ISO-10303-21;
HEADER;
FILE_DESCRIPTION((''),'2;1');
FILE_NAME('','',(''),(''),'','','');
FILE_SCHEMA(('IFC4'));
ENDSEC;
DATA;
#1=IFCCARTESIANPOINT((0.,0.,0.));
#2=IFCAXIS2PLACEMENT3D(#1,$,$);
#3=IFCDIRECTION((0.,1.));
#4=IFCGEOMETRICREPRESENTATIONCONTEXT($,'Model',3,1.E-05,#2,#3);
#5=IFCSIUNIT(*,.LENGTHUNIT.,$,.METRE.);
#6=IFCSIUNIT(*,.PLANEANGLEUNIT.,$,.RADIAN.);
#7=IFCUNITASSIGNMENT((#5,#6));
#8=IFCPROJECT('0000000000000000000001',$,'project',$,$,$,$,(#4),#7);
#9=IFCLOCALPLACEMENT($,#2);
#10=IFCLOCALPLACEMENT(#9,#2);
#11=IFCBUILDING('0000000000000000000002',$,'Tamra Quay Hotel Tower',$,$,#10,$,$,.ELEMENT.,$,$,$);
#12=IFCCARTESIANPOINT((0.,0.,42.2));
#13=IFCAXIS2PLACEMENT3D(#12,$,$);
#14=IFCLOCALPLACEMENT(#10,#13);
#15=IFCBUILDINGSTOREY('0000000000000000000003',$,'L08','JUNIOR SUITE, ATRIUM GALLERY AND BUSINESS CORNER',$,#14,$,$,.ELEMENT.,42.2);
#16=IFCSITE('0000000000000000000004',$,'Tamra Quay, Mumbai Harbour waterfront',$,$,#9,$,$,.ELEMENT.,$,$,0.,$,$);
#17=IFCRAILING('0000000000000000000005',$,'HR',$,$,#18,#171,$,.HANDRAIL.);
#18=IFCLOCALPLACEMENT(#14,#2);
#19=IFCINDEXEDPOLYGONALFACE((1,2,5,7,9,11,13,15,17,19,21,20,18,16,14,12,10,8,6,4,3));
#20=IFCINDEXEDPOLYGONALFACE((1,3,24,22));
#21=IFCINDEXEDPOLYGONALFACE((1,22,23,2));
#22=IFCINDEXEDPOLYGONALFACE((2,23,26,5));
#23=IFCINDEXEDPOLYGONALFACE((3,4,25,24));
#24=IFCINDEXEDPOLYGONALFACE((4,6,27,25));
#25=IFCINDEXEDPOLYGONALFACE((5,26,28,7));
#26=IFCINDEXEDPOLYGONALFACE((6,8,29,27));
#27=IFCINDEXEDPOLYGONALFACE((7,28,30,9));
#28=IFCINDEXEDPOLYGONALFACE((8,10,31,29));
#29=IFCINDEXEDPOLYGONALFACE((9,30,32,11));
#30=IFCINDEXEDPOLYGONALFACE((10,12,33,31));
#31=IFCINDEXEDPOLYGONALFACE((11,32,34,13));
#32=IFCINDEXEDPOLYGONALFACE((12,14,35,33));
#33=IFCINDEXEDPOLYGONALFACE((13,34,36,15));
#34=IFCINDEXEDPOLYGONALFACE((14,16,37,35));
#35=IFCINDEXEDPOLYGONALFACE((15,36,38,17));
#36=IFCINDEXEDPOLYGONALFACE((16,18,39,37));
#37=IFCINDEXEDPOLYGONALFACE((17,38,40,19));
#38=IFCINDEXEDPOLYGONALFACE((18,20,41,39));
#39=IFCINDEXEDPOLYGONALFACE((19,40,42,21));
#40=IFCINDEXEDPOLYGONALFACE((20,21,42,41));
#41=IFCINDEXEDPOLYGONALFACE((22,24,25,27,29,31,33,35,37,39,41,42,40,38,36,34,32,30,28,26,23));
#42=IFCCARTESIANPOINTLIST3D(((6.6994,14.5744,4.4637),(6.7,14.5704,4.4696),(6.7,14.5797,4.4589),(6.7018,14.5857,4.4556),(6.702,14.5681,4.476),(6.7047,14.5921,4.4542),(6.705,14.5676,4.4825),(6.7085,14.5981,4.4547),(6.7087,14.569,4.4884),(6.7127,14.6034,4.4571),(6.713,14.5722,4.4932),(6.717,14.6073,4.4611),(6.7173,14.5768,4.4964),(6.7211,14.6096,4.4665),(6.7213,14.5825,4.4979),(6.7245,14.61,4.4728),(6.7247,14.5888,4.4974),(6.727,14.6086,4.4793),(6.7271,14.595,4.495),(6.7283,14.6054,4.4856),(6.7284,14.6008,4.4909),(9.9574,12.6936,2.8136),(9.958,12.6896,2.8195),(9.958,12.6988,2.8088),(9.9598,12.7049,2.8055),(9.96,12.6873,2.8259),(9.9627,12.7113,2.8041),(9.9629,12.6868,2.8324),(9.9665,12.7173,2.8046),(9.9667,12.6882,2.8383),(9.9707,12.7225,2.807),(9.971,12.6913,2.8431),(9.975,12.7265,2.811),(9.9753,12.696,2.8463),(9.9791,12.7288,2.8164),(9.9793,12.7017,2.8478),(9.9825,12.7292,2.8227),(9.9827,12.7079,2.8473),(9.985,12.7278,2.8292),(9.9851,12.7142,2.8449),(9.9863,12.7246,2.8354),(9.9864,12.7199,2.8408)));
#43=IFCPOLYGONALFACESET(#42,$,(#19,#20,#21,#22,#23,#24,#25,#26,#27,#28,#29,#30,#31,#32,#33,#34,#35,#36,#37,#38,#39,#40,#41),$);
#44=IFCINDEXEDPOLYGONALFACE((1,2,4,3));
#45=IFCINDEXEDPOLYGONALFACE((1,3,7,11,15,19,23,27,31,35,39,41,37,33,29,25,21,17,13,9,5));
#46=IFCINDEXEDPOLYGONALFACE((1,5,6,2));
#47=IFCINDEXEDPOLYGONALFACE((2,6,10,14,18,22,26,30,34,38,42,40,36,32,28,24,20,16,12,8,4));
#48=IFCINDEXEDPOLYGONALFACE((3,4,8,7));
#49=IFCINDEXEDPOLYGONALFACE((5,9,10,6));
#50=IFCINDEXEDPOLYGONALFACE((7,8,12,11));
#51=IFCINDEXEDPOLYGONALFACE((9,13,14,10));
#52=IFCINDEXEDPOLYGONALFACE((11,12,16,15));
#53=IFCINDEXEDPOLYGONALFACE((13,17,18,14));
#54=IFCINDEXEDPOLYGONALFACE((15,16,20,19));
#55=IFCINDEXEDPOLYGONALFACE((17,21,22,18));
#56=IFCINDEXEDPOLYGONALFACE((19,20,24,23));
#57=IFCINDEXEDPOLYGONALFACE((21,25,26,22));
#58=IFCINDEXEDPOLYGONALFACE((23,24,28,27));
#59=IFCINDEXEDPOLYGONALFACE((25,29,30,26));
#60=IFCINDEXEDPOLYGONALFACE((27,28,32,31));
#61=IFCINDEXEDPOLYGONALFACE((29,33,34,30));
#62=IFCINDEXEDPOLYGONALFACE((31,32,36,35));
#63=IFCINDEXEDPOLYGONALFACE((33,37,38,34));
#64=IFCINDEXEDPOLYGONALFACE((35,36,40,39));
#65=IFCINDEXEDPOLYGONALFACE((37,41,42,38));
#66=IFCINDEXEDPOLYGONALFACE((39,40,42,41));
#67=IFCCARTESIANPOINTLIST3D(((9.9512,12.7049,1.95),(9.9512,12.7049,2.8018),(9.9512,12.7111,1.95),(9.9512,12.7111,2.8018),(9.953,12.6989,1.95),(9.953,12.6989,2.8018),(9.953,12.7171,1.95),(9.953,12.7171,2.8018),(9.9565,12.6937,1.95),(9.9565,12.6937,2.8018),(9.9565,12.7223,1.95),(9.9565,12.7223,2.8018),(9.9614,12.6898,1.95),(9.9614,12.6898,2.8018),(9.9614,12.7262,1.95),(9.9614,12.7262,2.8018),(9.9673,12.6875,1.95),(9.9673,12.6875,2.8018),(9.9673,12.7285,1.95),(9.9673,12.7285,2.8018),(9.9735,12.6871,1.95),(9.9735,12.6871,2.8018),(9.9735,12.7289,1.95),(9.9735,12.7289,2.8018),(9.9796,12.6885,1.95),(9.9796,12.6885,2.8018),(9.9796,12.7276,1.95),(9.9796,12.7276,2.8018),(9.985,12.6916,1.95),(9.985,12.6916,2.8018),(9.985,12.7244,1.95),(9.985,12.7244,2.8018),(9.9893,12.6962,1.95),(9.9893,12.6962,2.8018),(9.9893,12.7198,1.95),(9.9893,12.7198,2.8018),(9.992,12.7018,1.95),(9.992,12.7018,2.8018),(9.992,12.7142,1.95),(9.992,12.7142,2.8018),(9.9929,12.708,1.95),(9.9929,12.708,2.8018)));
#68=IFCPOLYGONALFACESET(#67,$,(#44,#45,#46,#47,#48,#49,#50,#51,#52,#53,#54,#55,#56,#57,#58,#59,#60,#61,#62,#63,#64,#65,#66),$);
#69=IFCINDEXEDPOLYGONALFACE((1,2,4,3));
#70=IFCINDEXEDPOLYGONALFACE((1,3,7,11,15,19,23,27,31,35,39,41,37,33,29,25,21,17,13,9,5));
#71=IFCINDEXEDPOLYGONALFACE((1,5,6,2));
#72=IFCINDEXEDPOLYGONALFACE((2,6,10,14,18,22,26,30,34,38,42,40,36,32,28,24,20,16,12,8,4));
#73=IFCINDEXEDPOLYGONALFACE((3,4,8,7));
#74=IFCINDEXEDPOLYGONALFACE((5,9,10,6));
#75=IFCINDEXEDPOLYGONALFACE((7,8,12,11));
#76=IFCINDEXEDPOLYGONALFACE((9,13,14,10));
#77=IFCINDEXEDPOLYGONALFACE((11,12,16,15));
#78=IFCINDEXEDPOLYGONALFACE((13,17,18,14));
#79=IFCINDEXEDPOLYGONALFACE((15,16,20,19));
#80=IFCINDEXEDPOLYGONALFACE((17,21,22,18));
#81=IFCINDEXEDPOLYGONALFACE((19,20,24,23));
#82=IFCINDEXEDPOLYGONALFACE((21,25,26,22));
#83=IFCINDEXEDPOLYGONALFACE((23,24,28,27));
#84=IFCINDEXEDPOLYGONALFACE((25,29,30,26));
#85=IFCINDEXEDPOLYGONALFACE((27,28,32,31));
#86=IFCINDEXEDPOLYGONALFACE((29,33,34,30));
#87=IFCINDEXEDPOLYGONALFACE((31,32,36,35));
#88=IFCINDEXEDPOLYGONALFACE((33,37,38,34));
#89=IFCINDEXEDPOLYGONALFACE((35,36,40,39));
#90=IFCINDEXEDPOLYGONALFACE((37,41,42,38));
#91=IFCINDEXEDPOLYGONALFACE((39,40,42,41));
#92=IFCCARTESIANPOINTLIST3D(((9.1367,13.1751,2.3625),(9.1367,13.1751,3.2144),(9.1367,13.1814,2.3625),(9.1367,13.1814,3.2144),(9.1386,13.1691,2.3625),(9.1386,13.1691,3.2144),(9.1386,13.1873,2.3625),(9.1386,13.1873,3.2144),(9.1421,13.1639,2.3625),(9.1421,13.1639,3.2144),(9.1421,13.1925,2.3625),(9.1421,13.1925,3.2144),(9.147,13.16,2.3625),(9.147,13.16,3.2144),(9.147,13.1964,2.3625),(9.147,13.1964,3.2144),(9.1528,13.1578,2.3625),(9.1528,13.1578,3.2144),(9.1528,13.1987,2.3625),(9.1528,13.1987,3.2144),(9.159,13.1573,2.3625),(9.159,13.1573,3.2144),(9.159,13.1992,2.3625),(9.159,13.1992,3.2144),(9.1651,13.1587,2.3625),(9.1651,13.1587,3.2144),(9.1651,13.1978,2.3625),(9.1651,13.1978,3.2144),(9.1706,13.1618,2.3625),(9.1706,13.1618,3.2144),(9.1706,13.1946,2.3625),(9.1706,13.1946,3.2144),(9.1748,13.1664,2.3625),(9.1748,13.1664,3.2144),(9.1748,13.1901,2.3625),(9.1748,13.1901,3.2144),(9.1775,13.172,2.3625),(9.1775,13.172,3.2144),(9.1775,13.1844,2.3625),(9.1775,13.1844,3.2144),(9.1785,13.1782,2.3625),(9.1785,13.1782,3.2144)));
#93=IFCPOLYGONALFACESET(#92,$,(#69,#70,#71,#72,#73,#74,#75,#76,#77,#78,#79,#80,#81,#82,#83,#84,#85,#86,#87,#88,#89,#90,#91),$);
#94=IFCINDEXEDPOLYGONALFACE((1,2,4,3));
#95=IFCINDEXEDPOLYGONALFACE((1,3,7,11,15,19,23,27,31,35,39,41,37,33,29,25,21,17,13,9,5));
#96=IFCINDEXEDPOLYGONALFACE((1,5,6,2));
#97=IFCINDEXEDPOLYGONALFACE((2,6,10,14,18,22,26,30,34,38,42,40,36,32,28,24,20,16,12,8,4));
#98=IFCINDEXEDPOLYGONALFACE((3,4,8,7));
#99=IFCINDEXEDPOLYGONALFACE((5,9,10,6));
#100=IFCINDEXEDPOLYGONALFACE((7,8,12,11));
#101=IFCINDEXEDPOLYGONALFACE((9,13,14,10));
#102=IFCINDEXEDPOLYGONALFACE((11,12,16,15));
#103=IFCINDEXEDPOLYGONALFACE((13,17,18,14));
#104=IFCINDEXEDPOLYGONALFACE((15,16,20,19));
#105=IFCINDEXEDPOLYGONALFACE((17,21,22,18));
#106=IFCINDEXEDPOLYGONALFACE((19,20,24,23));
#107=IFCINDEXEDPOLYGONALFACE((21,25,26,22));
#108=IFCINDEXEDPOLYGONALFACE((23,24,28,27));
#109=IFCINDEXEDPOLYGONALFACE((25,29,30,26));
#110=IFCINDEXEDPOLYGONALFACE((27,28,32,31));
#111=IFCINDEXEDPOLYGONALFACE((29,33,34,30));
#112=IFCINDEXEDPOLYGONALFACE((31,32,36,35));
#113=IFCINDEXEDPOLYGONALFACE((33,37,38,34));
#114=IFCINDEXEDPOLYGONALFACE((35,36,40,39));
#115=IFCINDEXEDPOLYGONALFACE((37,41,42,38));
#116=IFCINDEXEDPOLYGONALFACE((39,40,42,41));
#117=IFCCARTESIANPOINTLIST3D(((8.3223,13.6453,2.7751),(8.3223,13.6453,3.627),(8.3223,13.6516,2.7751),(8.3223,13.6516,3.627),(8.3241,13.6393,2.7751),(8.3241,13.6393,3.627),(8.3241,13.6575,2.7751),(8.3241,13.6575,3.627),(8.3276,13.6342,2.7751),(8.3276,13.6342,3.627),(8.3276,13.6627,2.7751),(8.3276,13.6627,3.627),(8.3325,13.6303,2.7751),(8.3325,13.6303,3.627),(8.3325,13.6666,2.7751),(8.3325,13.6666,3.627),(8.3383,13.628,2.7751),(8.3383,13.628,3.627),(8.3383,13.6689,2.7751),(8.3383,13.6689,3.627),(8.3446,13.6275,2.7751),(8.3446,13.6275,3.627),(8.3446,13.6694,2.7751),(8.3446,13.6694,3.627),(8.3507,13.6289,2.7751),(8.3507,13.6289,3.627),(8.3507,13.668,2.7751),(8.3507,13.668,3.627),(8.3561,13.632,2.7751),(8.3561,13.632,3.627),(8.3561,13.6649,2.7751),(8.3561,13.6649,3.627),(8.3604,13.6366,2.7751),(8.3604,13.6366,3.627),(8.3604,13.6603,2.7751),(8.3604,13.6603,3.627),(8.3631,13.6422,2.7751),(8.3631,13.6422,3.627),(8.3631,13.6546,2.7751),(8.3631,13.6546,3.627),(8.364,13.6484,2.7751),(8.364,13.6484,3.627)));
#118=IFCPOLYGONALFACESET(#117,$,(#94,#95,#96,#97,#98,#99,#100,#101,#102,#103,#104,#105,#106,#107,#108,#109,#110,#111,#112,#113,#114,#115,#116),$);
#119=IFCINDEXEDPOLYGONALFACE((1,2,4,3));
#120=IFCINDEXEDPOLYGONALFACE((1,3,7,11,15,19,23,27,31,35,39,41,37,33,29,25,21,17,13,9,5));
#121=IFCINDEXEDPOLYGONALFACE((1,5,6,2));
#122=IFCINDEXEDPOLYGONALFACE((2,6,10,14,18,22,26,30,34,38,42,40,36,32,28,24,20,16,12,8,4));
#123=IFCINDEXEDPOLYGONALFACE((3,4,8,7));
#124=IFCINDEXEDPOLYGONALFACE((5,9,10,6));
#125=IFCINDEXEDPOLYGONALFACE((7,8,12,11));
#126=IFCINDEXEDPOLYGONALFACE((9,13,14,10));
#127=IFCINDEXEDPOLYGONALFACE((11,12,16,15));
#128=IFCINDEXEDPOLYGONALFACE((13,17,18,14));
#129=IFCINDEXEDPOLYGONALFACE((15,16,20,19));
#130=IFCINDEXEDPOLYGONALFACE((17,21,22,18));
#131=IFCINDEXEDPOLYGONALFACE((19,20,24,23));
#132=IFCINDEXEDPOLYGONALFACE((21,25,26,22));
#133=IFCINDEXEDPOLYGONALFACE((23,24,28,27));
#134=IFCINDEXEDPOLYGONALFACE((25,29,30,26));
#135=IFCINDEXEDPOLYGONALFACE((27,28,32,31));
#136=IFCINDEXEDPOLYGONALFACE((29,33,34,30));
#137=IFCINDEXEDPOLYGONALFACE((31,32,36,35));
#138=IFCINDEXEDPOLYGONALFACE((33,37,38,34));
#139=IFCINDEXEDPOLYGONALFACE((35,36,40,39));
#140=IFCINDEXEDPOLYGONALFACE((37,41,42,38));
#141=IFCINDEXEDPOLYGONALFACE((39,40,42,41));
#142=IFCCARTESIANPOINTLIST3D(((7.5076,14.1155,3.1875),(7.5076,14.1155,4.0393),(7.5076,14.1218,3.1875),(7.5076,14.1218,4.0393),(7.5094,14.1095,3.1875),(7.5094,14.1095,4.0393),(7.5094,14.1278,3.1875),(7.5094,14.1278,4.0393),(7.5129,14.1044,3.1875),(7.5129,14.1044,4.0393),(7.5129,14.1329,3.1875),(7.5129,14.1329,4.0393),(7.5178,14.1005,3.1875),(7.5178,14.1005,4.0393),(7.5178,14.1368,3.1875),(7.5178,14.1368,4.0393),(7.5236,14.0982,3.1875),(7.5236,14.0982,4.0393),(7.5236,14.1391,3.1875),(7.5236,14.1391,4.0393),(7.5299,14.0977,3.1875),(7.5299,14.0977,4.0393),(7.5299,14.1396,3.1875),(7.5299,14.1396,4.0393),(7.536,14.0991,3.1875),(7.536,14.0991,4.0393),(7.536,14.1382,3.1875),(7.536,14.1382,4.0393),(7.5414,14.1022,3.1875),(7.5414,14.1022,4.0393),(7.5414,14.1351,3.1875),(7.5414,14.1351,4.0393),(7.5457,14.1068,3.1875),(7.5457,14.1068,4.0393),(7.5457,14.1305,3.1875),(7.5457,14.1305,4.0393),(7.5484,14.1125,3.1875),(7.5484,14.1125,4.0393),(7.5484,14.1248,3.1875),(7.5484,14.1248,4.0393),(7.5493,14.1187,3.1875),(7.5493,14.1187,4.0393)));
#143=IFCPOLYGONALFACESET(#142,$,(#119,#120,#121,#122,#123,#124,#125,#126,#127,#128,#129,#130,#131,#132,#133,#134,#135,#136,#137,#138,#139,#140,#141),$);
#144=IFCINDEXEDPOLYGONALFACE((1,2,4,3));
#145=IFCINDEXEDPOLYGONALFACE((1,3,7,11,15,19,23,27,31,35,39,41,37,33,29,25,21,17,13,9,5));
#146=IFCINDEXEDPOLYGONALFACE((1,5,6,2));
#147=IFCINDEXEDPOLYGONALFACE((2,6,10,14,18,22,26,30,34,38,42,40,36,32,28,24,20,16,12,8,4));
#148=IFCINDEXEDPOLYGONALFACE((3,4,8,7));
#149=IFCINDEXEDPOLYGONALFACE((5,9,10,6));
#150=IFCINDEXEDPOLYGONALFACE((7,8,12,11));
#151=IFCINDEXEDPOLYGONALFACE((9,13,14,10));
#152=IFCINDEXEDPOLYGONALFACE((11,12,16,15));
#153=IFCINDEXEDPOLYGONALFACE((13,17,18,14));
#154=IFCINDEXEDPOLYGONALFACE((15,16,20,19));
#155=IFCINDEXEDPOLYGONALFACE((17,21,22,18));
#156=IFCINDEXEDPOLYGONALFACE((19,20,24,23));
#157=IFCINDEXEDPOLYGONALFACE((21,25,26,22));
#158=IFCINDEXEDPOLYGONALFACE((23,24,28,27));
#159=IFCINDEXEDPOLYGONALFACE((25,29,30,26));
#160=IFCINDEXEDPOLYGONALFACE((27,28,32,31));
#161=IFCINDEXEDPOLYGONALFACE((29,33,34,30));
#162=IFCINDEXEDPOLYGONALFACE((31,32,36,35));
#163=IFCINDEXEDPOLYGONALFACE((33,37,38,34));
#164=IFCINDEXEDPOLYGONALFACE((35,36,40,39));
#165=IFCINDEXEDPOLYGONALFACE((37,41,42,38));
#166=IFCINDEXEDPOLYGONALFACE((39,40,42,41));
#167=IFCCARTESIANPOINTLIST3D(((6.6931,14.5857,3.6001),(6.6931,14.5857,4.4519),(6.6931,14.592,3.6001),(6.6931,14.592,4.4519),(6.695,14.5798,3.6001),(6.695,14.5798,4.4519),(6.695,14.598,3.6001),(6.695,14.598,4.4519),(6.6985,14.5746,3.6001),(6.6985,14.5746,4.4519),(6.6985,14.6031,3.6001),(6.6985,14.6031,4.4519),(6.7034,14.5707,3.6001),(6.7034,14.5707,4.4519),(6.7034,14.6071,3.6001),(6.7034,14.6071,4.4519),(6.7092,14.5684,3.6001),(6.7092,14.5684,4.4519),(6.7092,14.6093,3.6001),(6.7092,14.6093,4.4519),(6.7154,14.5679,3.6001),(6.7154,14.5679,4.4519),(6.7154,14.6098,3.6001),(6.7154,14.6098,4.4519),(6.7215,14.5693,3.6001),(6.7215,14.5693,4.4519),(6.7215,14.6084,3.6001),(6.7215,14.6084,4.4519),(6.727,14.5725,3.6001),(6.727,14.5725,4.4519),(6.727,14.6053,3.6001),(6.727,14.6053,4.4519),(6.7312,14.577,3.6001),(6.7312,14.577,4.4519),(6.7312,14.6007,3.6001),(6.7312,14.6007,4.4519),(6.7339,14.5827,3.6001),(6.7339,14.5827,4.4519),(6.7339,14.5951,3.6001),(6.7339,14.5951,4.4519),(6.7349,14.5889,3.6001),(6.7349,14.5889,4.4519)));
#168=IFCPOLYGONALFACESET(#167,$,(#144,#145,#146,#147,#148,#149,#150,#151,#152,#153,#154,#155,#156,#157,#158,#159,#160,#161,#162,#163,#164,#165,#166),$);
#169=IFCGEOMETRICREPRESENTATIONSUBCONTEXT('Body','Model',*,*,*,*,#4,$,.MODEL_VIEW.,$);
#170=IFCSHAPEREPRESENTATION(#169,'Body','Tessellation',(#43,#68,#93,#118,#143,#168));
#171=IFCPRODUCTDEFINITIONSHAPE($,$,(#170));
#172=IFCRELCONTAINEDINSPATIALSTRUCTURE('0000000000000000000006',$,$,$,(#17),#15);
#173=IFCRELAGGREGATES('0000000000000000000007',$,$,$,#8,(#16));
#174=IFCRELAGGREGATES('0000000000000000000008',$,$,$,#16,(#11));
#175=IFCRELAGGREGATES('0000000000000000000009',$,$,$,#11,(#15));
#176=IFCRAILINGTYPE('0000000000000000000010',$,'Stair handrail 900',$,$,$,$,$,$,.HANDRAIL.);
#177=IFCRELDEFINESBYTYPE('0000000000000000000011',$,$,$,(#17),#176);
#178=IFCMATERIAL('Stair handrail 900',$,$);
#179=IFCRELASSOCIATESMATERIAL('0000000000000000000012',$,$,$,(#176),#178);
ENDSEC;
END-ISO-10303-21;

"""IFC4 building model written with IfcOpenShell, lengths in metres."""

from ifc_helpers import new_model, si_unit, direction, frame, origin, origin_2d, place, context, subcontext, project, spatial, circle, extrude, material, type_object, element, save


model = new_model("IFC4")

# Units and contexts
model_context = context("Model", 3, precision=1e-05, world=origin(), true_north=direction((0.0, 1.0)))
body_context = subcontext(model_context, "Body", "Model", "MODEL_VIEW")
ifc_project = project(units=[si_unit("LENGTHUNIT", "METRE"), si_unit("PLANEANGLEUNIT", "RADIAN")], contexts=[model_context])

# Site, building, storey
site_placement = place(None, origin())
site = spatial("IfcSite", under=ifc_project, at=site_placement, Name="Tamra Quay, Mumbai Harbour waterfront", CompositionType="ELEMENT", RefElevation=0.0)
building_placement = place(site_placement, origin())
building = spatial("IfcBuilding", under=site, at=building_placement, Name="Tamra Quay Hotel Tower", CompositionType="ELEMENT")
storey_placement = place(building_placement, frame((0.0, 0.0, 42.2)))
storey = spatial("IfcBuildingStorey", under=building, at=storey_placement, Name="L08", Description="JUNIOR SUITE, ATRIUM GALLERY AND BUSINESS CORNER", CompositionType="ELEMENT", Elevation=42.2)

# Railing
ifc_material_1 = material(Name="Stair handrail 900")
railing_type_1 = type_object("IfcRailingType", Name="Stair handrail 900", PredefinedType="HANDRAIL", material=ifc_material_1)
railing_1_placement = place(storey_placement, frame((9.9719, 12.708, 1.95)))
element("IfcRailing", 1, at=railing_1_placement, inside=storey, type_object=railing_type_1, Name="HR", PredefinedType="HANDRAIL", context=body_context, shape_type="SweptSolid", body=[
    extrude(circle(Radius=0.0239, at=origin_2d()), frame((0.0, 0.0, 0.876), z_axis=(-0.793103, 0.457854, 0.401692), x_axis=(-0.499964, -0.866046, 0.0)), (0.0, 0.0, 1.0), 4.1079),
    extrude(circle(Radius=0.021, at=origin_2d()), origin(), (0.0, 0.0, 1.0), 0.8518),
    extrude(circle(Radius=0.021, at=origin_2d()), frame((-0.8145, 0.4702, 0.4126)), (0.0, 0.0, 1.0), 0.8518),
    extrude(circle(Radius=0.021, at=origin_2d()), frame((-1.6289, 0.9404, 0.8252)), (0.0, 0.0, 1.0), 0.8518),
    extrude(circle(Radius=0.021, at=origin_2d()), frame((-2.4436, 1.4106, 1.2375)), (0.0, 0.0, 1.0), 0.8518),
    extrude(circle(Radius=0.021, at=origin_2d()), frame((-3.2581, 1.8809, 1.6501)), (0.0, 0.0, 1.0), 0.8518),
])

save(model, "model.ifc")
